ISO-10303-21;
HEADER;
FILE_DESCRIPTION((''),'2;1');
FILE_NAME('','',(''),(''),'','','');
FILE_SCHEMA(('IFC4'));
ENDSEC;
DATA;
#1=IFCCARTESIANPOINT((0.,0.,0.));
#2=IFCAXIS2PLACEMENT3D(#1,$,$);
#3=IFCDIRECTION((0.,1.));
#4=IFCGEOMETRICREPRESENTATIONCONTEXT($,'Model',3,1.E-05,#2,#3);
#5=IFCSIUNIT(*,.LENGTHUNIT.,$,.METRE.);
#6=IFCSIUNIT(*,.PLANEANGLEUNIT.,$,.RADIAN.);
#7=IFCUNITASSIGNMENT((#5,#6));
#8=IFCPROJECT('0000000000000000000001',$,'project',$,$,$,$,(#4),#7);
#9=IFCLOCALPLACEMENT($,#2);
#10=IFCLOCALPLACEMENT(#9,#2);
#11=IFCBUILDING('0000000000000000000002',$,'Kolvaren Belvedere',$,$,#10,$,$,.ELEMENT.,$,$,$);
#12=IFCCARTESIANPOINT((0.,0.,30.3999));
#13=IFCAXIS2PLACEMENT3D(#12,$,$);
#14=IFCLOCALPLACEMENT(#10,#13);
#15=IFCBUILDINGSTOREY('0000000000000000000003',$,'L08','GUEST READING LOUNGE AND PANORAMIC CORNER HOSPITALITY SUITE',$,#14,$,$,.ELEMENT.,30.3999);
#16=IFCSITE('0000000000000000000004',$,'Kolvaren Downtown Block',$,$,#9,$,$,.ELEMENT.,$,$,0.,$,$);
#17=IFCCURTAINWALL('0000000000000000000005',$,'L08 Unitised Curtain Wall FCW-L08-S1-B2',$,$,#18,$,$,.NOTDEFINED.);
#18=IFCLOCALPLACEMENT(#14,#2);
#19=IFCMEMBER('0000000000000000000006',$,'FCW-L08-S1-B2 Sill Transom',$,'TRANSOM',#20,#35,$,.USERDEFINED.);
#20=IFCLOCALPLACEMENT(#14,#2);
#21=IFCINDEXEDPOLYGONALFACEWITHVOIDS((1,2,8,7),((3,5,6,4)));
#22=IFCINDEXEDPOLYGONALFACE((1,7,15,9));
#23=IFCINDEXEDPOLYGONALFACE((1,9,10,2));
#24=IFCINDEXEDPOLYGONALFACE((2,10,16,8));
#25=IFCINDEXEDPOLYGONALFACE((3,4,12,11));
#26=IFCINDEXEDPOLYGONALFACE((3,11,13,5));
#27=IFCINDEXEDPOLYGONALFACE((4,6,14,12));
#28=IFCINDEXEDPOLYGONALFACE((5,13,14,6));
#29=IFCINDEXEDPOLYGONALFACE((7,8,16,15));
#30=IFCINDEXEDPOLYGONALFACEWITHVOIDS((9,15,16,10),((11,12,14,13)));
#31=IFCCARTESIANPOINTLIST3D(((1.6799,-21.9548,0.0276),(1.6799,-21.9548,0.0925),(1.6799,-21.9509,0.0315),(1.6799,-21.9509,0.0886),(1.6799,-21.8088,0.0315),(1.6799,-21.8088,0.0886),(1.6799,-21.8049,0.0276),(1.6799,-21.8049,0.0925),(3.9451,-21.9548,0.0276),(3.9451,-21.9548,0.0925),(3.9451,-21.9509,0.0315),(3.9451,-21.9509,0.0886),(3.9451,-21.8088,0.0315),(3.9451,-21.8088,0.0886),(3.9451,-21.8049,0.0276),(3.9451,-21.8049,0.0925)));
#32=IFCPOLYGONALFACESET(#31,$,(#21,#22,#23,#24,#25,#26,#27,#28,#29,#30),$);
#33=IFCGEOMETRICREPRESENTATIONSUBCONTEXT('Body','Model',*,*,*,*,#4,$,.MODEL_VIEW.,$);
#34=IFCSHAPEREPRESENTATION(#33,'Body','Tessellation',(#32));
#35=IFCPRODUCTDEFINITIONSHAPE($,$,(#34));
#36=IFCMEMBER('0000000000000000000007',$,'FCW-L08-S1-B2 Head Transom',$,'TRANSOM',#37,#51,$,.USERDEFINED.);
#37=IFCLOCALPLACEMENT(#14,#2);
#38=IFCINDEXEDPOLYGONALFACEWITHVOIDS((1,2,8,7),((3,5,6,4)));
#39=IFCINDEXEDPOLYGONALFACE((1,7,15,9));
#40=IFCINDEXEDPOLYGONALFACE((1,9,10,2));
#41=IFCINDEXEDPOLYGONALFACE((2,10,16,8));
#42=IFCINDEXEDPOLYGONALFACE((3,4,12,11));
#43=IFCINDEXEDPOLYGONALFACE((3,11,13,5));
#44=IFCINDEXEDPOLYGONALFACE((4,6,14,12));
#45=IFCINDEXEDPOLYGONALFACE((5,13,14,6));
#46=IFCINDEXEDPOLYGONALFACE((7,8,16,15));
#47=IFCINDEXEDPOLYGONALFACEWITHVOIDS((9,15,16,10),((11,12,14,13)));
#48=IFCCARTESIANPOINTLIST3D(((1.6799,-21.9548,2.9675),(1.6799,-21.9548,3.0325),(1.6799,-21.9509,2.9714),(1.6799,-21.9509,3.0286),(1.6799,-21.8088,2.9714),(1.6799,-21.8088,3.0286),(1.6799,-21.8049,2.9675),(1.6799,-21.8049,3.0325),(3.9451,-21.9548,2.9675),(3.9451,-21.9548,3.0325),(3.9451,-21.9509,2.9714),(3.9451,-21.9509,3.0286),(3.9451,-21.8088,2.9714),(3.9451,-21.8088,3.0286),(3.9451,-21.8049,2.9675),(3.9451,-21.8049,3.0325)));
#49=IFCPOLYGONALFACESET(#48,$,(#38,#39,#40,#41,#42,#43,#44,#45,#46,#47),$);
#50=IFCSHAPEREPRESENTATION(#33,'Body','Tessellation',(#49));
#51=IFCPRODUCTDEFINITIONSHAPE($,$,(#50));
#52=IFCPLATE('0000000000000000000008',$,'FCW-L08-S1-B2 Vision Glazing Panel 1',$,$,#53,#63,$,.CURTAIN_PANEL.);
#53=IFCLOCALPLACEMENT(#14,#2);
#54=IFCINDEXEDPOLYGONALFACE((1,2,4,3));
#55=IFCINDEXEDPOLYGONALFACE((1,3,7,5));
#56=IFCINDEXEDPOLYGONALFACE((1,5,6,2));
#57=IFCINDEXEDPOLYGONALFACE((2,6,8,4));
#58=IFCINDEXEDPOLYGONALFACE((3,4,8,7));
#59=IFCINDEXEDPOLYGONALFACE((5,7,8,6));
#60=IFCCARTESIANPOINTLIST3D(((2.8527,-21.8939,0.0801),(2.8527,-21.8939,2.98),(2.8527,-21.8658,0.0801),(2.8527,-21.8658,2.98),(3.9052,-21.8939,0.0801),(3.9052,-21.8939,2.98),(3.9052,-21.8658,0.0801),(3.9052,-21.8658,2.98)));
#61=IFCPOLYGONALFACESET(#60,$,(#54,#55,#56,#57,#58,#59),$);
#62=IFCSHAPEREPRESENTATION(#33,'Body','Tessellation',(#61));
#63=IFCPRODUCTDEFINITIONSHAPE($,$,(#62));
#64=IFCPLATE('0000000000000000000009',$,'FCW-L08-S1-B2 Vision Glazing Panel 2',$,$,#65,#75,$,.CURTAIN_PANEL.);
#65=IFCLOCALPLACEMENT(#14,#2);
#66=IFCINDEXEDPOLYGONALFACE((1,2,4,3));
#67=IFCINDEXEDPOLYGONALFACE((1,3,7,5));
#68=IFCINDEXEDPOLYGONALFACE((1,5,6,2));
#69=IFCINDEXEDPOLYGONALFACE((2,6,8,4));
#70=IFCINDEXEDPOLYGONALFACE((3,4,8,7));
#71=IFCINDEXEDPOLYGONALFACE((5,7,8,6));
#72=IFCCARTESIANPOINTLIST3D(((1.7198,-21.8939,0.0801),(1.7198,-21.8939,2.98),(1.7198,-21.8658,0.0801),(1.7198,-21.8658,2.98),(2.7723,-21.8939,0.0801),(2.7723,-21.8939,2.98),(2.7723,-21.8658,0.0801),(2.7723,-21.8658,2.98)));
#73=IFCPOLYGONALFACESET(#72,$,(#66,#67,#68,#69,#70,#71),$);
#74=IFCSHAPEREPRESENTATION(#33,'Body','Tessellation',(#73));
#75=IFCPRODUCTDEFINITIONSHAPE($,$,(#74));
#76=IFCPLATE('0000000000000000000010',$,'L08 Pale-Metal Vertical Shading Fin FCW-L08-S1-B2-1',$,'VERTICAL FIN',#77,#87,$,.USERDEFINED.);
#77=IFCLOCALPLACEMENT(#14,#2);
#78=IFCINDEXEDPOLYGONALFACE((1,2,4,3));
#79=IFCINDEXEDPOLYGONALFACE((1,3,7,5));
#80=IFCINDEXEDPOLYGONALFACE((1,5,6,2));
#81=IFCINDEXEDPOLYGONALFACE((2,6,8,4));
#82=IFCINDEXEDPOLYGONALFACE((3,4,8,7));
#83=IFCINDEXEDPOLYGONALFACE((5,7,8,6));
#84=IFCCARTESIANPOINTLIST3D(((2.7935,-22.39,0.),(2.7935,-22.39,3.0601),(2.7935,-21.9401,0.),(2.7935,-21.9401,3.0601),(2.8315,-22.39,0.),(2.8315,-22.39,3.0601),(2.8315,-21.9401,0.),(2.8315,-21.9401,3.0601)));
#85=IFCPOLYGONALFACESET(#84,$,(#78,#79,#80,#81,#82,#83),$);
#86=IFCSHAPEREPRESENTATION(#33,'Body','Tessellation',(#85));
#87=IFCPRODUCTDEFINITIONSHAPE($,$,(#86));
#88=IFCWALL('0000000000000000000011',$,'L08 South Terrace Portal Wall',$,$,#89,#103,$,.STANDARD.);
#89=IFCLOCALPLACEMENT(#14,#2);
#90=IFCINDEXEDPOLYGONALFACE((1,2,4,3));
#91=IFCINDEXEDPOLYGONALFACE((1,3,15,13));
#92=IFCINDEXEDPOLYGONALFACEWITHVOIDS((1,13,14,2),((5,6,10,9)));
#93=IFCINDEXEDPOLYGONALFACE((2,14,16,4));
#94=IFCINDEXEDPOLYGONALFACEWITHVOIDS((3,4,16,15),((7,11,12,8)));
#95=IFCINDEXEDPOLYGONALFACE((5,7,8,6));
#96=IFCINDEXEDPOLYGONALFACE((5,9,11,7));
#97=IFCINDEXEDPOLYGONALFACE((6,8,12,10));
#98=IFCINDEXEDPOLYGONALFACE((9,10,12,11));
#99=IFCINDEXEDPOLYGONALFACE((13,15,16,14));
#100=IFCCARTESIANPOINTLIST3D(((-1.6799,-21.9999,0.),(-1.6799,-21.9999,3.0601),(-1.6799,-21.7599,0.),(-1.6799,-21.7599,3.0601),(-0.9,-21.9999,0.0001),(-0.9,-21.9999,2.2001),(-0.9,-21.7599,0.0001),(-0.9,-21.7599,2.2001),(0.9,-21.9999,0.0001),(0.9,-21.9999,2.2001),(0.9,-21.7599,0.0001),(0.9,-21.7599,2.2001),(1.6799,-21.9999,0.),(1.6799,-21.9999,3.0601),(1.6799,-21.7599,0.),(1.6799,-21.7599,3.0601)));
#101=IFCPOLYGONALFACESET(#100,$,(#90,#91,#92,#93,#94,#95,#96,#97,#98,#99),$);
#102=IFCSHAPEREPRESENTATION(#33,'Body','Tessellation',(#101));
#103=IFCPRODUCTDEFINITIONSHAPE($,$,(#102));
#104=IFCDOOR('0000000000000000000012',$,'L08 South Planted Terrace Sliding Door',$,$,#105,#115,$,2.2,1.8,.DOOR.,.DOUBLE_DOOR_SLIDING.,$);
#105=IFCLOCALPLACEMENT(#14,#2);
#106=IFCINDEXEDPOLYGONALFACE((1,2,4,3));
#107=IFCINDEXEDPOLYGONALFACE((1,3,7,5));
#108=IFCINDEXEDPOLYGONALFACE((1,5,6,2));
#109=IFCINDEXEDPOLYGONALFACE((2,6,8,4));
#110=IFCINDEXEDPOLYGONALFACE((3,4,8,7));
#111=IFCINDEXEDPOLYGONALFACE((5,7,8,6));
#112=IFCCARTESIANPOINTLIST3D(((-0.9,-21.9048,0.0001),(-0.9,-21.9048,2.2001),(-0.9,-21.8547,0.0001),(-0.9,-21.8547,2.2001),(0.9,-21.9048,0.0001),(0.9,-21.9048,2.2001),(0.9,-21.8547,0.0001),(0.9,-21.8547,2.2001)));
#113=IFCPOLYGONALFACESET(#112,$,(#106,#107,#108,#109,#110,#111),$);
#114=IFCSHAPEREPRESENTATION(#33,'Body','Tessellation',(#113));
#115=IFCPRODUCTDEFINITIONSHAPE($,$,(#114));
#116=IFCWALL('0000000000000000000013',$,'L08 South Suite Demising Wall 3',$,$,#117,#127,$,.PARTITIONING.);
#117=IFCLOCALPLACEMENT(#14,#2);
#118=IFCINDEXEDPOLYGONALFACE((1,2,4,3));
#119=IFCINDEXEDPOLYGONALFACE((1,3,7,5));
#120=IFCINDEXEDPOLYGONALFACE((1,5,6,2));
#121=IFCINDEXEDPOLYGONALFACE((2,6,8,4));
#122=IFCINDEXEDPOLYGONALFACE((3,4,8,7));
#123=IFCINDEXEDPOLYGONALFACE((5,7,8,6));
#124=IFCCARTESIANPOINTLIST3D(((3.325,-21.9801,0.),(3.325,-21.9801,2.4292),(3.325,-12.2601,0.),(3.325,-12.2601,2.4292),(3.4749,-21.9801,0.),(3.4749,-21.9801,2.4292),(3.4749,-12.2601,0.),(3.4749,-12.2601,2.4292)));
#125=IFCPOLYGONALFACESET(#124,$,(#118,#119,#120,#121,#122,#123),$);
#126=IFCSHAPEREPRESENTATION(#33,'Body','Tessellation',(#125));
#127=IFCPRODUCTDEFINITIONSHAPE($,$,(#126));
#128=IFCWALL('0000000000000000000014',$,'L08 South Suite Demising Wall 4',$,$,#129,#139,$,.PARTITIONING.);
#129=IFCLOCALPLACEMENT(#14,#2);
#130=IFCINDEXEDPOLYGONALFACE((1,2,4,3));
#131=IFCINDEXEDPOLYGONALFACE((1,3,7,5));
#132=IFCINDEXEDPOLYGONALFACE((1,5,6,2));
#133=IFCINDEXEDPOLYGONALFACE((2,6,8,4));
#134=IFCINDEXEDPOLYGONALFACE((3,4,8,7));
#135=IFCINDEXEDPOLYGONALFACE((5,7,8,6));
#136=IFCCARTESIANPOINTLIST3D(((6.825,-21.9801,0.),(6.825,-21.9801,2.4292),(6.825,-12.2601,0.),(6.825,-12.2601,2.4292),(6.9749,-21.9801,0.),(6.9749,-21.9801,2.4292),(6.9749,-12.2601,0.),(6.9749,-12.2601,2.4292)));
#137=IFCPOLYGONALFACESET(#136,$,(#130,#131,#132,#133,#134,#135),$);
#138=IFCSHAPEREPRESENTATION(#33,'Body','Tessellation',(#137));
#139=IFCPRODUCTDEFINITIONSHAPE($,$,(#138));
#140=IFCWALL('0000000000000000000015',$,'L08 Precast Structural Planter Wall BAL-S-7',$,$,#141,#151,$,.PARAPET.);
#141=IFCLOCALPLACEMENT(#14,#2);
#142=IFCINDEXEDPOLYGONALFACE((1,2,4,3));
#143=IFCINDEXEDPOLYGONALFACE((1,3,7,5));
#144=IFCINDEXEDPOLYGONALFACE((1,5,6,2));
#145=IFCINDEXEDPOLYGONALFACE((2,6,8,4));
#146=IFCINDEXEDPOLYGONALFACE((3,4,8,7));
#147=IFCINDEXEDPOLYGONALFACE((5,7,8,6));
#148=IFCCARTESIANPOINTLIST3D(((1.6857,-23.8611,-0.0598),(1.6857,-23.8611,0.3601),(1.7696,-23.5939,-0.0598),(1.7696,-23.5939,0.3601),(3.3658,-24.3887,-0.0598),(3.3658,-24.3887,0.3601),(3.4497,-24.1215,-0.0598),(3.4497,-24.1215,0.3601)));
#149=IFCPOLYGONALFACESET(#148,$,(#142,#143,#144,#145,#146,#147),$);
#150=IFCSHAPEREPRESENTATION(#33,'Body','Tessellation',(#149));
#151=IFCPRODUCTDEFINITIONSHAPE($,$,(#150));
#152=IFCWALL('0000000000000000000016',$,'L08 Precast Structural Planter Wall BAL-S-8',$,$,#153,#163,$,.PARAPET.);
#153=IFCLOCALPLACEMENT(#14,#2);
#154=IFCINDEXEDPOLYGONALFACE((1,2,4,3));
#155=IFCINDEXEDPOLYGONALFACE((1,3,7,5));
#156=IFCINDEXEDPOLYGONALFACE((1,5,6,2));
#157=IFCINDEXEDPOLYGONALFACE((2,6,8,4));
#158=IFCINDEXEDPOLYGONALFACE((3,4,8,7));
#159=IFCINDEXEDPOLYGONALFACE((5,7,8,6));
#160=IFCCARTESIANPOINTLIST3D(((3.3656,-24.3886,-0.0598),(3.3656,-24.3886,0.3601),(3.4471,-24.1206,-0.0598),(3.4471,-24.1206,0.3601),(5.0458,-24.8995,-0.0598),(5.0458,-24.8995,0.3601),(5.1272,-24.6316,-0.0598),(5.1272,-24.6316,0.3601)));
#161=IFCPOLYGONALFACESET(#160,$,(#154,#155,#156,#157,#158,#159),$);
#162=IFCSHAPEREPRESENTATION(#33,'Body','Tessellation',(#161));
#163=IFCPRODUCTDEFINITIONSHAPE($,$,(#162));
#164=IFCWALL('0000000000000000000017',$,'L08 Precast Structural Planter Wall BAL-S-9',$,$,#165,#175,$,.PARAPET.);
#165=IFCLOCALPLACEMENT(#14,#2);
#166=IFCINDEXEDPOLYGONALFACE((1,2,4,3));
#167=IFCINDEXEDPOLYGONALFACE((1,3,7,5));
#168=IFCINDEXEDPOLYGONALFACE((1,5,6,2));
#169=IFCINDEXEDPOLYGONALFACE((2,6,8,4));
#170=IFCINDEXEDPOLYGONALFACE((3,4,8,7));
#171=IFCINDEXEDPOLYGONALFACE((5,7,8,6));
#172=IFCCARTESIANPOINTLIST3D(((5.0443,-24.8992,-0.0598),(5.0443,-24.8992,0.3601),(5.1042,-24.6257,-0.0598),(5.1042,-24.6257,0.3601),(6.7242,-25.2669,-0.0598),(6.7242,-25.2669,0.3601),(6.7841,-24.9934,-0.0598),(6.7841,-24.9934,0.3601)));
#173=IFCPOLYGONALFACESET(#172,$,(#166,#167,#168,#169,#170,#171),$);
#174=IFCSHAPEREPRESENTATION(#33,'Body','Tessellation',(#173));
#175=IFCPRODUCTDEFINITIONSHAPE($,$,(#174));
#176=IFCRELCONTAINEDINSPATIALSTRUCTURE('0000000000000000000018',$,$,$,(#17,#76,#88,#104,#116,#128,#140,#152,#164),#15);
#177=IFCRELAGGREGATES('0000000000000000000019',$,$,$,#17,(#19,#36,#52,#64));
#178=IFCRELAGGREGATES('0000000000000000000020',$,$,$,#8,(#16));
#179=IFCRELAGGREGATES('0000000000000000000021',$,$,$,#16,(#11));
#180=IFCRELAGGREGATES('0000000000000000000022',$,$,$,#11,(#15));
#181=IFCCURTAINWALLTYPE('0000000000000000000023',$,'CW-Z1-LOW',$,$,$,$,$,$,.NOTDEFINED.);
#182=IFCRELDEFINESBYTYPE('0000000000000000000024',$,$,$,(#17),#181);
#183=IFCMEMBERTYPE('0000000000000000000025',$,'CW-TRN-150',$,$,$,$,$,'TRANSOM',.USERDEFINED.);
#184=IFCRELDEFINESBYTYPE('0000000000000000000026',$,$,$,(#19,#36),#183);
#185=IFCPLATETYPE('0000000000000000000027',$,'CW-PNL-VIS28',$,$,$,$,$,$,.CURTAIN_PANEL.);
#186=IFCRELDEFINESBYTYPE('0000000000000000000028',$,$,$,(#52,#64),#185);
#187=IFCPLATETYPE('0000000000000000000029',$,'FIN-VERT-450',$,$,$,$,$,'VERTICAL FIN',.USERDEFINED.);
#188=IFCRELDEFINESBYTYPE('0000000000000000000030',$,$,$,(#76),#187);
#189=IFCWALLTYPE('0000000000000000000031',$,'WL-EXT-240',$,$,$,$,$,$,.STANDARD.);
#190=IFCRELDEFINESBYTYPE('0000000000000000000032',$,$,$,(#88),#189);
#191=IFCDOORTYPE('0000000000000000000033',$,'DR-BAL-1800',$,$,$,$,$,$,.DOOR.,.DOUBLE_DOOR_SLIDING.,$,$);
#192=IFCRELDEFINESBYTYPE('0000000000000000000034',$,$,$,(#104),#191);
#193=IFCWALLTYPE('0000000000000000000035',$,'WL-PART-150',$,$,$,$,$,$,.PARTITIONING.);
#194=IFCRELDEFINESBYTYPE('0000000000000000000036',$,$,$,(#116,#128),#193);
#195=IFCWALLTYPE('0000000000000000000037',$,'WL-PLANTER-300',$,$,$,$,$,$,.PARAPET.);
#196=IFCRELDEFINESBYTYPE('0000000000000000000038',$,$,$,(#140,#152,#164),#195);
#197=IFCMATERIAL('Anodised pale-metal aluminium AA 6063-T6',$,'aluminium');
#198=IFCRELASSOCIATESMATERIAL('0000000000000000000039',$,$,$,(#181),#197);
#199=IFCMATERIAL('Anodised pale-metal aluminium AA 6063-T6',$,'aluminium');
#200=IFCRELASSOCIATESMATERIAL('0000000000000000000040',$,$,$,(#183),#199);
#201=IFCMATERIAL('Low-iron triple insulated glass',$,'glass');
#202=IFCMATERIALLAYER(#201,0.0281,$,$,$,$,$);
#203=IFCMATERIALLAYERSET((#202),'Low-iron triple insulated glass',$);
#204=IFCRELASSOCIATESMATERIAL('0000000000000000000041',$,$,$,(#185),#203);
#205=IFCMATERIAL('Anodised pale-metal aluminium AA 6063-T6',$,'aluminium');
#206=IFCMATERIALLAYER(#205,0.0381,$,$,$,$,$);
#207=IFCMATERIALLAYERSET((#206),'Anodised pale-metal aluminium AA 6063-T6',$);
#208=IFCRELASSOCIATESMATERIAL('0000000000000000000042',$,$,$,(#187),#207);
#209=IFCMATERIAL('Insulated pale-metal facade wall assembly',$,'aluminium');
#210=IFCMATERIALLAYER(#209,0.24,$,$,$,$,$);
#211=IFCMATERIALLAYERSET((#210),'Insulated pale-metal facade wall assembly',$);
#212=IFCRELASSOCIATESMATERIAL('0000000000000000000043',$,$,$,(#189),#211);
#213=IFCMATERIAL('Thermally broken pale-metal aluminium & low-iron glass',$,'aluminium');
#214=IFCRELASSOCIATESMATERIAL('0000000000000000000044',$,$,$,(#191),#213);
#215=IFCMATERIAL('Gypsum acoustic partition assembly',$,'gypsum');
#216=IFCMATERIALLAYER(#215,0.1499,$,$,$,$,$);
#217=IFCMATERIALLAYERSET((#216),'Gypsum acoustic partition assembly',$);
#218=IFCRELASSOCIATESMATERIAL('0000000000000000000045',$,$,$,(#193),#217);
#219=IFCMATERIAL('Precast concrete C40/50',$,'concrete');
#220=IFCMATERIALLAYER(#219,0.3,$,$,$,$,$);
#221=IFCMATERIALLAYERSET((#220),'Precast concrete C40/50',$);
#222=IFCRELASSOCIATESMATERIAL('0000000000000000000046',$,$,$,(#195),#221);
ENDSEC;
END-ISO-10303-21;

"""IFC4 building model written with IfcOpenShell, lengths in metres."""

from ifc_helpers import new_model, si_unit, direction, frame, frame_2d, origin, origin_2d, place, context, subcontext, project, spatial, rectangle, hollow_rectangle, extrude, material, layer, layer_set, material_profile, profile_set, type_object, element, fill, aggregate, save


model = new_model("IFC4")

# Units and contexts
model_context = context("Model", 3, precision=1e-05, world=origin(), true_north=direction((0.0, 1.0)))
body_context = subcontext(model_context, "Body", "Model", "MODEL_VIEW")
ifc_project = project(units=[si_unit("LENGTHUNIT", "METRE"), si_unit("PLANEANGLEUNIT", "RADIAN")], contexts=[model_context])

# Site, building, storey
site_placement = place(None, origin())
site = spatial("IfcSite", under=ifc_project, at=site_placement, Name="Kolvaren Downtown Block", CompositionType="ELEMENT", RefElevation=0.0)
building_placement = place(site_placement, origin())
building = spatial("IfcBuilding", under=site, at=building_placement, Name="Kolvaren Belvedere", CompositionType="ELEMENT")
storey_placement = place(building_placement, frame((0.0, 0.0, 30.3999)))
storey = spatial("IfcBuildingStorey", under=building, at=storey_placement, Name="L08", Description="GUEST READING LOUNGE AND PANORAMIC CORNER HOSPITALITY SUITE", CompositionType="ELEMENT", Elevation=30.3999)

# Shared definitions
ifc_material_1 = material(Name="Anodised pale-metal aluminium AA 6063-T6", Category="aluminium")
curtain_wall_type = type_object("IfcCurtainWallType", Name="CW-Z1-LOW", PredefinedType="NOTDEFINED", material=ifc_material_1)

# Curtain wall, members, plates
curtain_wall_1_placement = place(storey_placement, origin())
curtain_wall_1 = element("IfcCurtainWall", 1, at=curtain_wall_1_placement, inside=storey, type_object=curtain_wall_type, Name="L08 Unitised Curtain Wall FCW-L08-S1-B2", PredefinedType="NOTDEFINED")
ifc_material_2 = material(Name="Anodised pale-metal aluminium AA 6063-T6", Category="aluminium")
ifc_material_profile_1 = material_profile(ifc_material_2, hollow_rectangle(XDim=0.0649, YDim=0.1499, WallThickness=0.0039, at=origin_2d()), Name="ALU-TRN-150X65")
ifc_profile_set_1 = profile_set([ifc_material_profile_1], Name="Anodised pale-metal aluminium AA 6063-T6")
member_type_1 = type_object("IfcMemberType", Name="CW-TRN-150", ElementType="TRANSOM", PredefinedType="USERDEFINED", material=ifc_profile_set_1)
member_1_placement = place(storey_placement, frame((3.9451, -21.8799, 0.0601), z_axis=(-1.0, 0.0, 0.0), x_axis=(0.0, 0.0, 1.0)))
member_1 = element("IfcMember", 2, at=member_1_placement, type_object=member_type_1, Name="FCW-L08-S1-B2 Sill Transom", ObjectType="TRANSOM", PredefinedType="USERDEFINED", context=body_context, shape_type="SweptSolid", body=[
    extrude(hollow_rectangle(XDim=0.0649, YDim=0.1499, WallThickness=0.0039, at=origin_2d()), origin(), (0.0, 0.0, 1.0), 2.2651),
])
member_2_placement = place(storey_placement, frame((3.9451, -21.8799, 3.0), z_axis=(-1.0, 0.0, 0.0), x_axis=(0.0, 0.0, 1.0)))
member_2 = element("IfcMember", 3, at=member_2_placement, type_object=member_type_1, Name="FCW-L08-S1-B2 Head Transom", ObjectType="TRANSOM", PredefinedType="USERDEFINED", context=body_context, shape_type="SweptSolid", body=[
    extrude(hollow_rectangle(XDim=0.0649, YDim=0.1499, WallThickness=0.0039, at=origin_2d()), origin(), (0.0, 0.0, 1.0), 2.2651),
])
ifc_material_3 = material(Name="Low-iron triple insulated glass", Category="glass")
ifc_layer_1 = layer(ifc_material_3, 0.0281)
ifc_layer_set_1 = layer_set([ifc_layer_1], Name="Low-iron triple insulated glass")
plate_type_1 = type_object("IfcPlateType", Name="CW-PNL-VIS28", PredefinedType="CURTAIN_PANEL", material=ifc_layer_set_1)
plate_1_placement = place(storey_placement, frame((3.3789, -21.8799, 0.0801), z_axis=(0.0, 0.0, 1.0), x_axis=(-1.0, 0.0, 0.0)))
plate_1 = element("IfcPlate", 4, at=plate_1_placement, type_object=plate_type_1, Name="FCW-L08-S1-B2 Vision Glazing Panel 1", PredefinedType="CURTAIN_PANEL", context=body_context, shape_type="SweptSolid", body=[
    extrude(rectangle(XDim=1.0525, YDim=0.0281, at=origin_2d()), origin(), (0.0, 0.0, 1.0), 2.8999),
])
plate_2_placement = place(storey_placement, frame((2.2461, -21.8799, 0.0801), z_axis=(0.0, 0.0, 1.0), x_axis=(-1.0, 0.0, 0.0)))
plate_2 = element("IfcPlate", 5, at=plate_2_placement, type_object=plate_type_1, Name="FCW-L08-S1-B2 Vision Glazing Panel 2", PredefinedType="CURTAIN_PANEL", context=body_context, shape_type="SweptSolid", body=[
    extrude(rectangle(XDim=1.0525, YDim=0.0281, at=origin_2d()), origin(), (0.0, 0.0, 1.0), 2.8999),
])
aggregate(curtain_wall_1, [member_1, member_2, plate_1, plate_2])

# Plate
ifc_material_4 = material(Name="Anodised pale-metal aluminium AA 6063-T6", Category="aluminium")
ifc_layer_2 = layer(ifc_material_4, 0.0381)
ifc_layer_set_2 = layer_set([ifc_layer_2], Name="Anodised pale-metal aluminium AA 6063-T6")
plate_type_2 = type_object("IfcPlateType", Name="FIN-VERT-450", ElementType="VERTICAL FIN", PredefinedType="USERDEFINED", material=ifc_layer_set_2)
plate_3_placement = place(storey_placement, frame((2.8125, -22.165, 0.0), z_axis=(0.0, 0.0, 1.0), x_axis=(0.0, 1.0, 0.0)))
element("IfcPlate", 6, at=plate_3_placement, inside=storey, type_object=plate_type_2, Name="L08 Pale-Metal Vertical Shading Fin FCW-L08-S1-B2-1", ObjectType="VERTICAL FIN", PredefinedType="USERDEFINED", context=body_context, shape_type="SweptSolid", body=[
    extrude(rectangle(XDim=0.45, YDim=0.0381, at=origin_2d()), origin(), (0.0, 0.0, 1.0), 3.0601),
])

# Wall, opening, door
ifc_material_5 = material(Name="Insulated pale-metal facade wall assembly", Category="aluminium")
ifc_layer_3 = layer(ifc_material_5, 0.24)
ifc_layer_set_3 = layer_set([ifc_layer_3], Name="Insulated pale-metal facade wall assembly")
wall_type_1 = type_object("IfcWallType", Name="WL-EXT-240", PredefinedType="STANDARD", material=ifc_layer_set_3)
wall_1_placement = place(storey_placement, frame((1.6799, -21.8799, 0.0), z_axis=(0.0, 0.0, 1.0), x_axis=(-1.0, 0.0, 0.0)))
wall_1 = element("IfcWall", 7, at=wall_1_placement, inside=storey, type_object=wall_type_1, Name="L08 South Terrace Portal Wall", PredefinedType="STANDARD", context=body_context, shape_type="SweptSolid", body=[
    extrude(rectangle(XDim=3.3599, YDim=0.24, at=frame_2d((1.6799, 0.0))), origin(), (0.0, 0.0, 1.0), 3.0601),
])
opening_placement = place(wall_1_placement, frame((0.78, 0.0, 0.0)))
opening = element("IfcOpeningElement", 8, at=opening_placement, cuts=wall_1, PredefinedType="OPENING", context=body_context, shape_type="SweptSolid", body=[
    extrude(rectangle(XDim=1.8, YDim=2.2, at=frame_2d((0.8999, 1.1001))), frame((0.0, 0.1299, 0.0), z_axis=(0.0, -1.0, 0.0), x_axis=(1.0, 0.0, 0.0)), (0.0, 0.0, 1.0), 0.26),
])
ifc_material_6 = material(Name="Thermally broken pale-metal aluminium & low-iron glass", Category="aluminium")
door_type = type_object("IfcDoorType", Name="DR-BAL-1800", OperationType="DOUBLE_DOOR_SLIDING", PredefinedType="DOOR", material=ifc_material_6)
door_placement = place(opening_placement, origin())
door = element("IfcDoor", 9, at=door_placement, inside=storey, type_object=door_type, Name="L08 South Planted Terrace Sliding Door", OperationType="DOUBLE_DOOR_SLIDING", OverallHeight=2.2, OverallWidth=1.8, PredefinedType="DOOR", context=body_context, shape_type="SweptSolid", body=[
    extrude(rectangle(XDim=1.8, YDim=2.2, at=frame_2d((0.8999, 1.1001))), frame((0.0, 0.0249, 0.0), z_axis=(0.0, -1.0, 0.0), x_axis=(1.0, 0.0, 0.0)), (0.0, 0.0, 1.0), 0.05),
])
fill(opening, door)

# Walls
ifc_material_7 = material(Name="Gypsum acoustic partition assembly", Category="gypsum")
ifc_layer_4 = layer(ifc_material_7, 0.1499)
ifc_layer_set_4 = layer_set([ifc_layer_4], Name="Gypsum acoustic partition assembly")
wall_type_2 = type_object("IfcWallType", Name="WL-PART-150", PredefinedType="PARTITIONING", material=ifc_layer_set_4)
for number, where, z_axis, x_axis, name in (
    (10, (3.3999, -21.98, 0.0), (0.0, 0.0, 1.0), (0.0, 1.0, 0.0), "L08 South Suite Demising Wall 3"),
    (11, (6.8999, -21.98, 0.0), (0.0, 0.0, 1.0), (0.0, 1.0, 0.0), "L08 South Suite Demising Wall 4"),
):
    element("IfcWall", number, at=place(storey_placement, frame(where, z_axis=z_axis, x_axis=x_axis)), inside=storey, type_object=wall_type_2, Name=name, PredefinedType="PARTITIONING", context=body_context, shape_type="SweptSolid", body=[
        extrude(rectangle(XDim=9.72, YDim=0.1499, at=frame_2d((4.8599, 0.0))), origin(), (0.0, 0.0, 1.0), 2.4292),
    ])
ifc_material_8 = material(Name="Precast concrete C40/50", Category="concrete")
ifc_layer_5 = layer(ifc_material_8, 0.3)
ifc_layer_set_5 = layer_set([ifc_layer_5], Name="Precast concrete C40/50")
wall_type_3 = type_object("IfcWallType", Name="WL-PLANTER-300", PredefinedType="PARAPET", material=ifc_layer_set_5)
wall_2_placement = place(storey_placement, frame((1.7278, -23.7275, -0.0598), z_axis=(0.0, 0.0, 1.0), x_axis=(0.95407, -0.299585, 0.0)))
element("IfcWall", 12, at=wall_2_placement, inside=storey, type_object=wall_type_3, Name="L08 Precast Structural Planter Wall BAL-S-7", PredefinedType="PARAPET", context=body_context, shape_type="SweptSolid", body=[
    extrude(rectangle(XDim=1.761, YDim=0.28, at=frame_2d((0.8804, 0.0))), origin(), (0.0, 0.0, 1.0), 0.4199),
])
wall_3_placement = place(storey_placement, frame((3.4065, -24.2546, -0.0598), z_axis=(0.0, 0.0, 1.0), x_axis=(0.956733, -0.290968, 0.0)))
element("IfcWall", 13, at=wall_3_placement, inside=storey, type_object=wall_type_3, Name="L08 Precast Structural Planter Wall BAL-S-8", PredefinedType="PARAPET", context=body_context, shape_type="SweptSolid", body=[
    extrude(rectangle(XDim=1.7561, YDim=0.28, at=frame_2d((0.8779, 0.0))), origin(), (0.0, 0.0, 1.0), 0.4199),
])
wall_4_placement = place(storey_placement, frame((5.0742, -24.7625, -0.0598), z_axis=(0.0, 0.0, 1.0), x_axis=(0.976877, -0.213803, 0.0)))
element("IfcWall", 14, at=wall_4_placement, inside=storey, type_object=wall_type_3, Name="L08 Precast Structural Planter Wall BAL-S-9", PredefinedType="PARAPET", context=body_context, shape_type="SweptSolid", body=[
    extrude(rectangle(XDim=1.7197, YDim=0.28, at=frame_2d((0.8599, 0.0))), origin(), (0.0, 0.0, 1.0), 0.4199),
])

save(model, "model.ifc")
